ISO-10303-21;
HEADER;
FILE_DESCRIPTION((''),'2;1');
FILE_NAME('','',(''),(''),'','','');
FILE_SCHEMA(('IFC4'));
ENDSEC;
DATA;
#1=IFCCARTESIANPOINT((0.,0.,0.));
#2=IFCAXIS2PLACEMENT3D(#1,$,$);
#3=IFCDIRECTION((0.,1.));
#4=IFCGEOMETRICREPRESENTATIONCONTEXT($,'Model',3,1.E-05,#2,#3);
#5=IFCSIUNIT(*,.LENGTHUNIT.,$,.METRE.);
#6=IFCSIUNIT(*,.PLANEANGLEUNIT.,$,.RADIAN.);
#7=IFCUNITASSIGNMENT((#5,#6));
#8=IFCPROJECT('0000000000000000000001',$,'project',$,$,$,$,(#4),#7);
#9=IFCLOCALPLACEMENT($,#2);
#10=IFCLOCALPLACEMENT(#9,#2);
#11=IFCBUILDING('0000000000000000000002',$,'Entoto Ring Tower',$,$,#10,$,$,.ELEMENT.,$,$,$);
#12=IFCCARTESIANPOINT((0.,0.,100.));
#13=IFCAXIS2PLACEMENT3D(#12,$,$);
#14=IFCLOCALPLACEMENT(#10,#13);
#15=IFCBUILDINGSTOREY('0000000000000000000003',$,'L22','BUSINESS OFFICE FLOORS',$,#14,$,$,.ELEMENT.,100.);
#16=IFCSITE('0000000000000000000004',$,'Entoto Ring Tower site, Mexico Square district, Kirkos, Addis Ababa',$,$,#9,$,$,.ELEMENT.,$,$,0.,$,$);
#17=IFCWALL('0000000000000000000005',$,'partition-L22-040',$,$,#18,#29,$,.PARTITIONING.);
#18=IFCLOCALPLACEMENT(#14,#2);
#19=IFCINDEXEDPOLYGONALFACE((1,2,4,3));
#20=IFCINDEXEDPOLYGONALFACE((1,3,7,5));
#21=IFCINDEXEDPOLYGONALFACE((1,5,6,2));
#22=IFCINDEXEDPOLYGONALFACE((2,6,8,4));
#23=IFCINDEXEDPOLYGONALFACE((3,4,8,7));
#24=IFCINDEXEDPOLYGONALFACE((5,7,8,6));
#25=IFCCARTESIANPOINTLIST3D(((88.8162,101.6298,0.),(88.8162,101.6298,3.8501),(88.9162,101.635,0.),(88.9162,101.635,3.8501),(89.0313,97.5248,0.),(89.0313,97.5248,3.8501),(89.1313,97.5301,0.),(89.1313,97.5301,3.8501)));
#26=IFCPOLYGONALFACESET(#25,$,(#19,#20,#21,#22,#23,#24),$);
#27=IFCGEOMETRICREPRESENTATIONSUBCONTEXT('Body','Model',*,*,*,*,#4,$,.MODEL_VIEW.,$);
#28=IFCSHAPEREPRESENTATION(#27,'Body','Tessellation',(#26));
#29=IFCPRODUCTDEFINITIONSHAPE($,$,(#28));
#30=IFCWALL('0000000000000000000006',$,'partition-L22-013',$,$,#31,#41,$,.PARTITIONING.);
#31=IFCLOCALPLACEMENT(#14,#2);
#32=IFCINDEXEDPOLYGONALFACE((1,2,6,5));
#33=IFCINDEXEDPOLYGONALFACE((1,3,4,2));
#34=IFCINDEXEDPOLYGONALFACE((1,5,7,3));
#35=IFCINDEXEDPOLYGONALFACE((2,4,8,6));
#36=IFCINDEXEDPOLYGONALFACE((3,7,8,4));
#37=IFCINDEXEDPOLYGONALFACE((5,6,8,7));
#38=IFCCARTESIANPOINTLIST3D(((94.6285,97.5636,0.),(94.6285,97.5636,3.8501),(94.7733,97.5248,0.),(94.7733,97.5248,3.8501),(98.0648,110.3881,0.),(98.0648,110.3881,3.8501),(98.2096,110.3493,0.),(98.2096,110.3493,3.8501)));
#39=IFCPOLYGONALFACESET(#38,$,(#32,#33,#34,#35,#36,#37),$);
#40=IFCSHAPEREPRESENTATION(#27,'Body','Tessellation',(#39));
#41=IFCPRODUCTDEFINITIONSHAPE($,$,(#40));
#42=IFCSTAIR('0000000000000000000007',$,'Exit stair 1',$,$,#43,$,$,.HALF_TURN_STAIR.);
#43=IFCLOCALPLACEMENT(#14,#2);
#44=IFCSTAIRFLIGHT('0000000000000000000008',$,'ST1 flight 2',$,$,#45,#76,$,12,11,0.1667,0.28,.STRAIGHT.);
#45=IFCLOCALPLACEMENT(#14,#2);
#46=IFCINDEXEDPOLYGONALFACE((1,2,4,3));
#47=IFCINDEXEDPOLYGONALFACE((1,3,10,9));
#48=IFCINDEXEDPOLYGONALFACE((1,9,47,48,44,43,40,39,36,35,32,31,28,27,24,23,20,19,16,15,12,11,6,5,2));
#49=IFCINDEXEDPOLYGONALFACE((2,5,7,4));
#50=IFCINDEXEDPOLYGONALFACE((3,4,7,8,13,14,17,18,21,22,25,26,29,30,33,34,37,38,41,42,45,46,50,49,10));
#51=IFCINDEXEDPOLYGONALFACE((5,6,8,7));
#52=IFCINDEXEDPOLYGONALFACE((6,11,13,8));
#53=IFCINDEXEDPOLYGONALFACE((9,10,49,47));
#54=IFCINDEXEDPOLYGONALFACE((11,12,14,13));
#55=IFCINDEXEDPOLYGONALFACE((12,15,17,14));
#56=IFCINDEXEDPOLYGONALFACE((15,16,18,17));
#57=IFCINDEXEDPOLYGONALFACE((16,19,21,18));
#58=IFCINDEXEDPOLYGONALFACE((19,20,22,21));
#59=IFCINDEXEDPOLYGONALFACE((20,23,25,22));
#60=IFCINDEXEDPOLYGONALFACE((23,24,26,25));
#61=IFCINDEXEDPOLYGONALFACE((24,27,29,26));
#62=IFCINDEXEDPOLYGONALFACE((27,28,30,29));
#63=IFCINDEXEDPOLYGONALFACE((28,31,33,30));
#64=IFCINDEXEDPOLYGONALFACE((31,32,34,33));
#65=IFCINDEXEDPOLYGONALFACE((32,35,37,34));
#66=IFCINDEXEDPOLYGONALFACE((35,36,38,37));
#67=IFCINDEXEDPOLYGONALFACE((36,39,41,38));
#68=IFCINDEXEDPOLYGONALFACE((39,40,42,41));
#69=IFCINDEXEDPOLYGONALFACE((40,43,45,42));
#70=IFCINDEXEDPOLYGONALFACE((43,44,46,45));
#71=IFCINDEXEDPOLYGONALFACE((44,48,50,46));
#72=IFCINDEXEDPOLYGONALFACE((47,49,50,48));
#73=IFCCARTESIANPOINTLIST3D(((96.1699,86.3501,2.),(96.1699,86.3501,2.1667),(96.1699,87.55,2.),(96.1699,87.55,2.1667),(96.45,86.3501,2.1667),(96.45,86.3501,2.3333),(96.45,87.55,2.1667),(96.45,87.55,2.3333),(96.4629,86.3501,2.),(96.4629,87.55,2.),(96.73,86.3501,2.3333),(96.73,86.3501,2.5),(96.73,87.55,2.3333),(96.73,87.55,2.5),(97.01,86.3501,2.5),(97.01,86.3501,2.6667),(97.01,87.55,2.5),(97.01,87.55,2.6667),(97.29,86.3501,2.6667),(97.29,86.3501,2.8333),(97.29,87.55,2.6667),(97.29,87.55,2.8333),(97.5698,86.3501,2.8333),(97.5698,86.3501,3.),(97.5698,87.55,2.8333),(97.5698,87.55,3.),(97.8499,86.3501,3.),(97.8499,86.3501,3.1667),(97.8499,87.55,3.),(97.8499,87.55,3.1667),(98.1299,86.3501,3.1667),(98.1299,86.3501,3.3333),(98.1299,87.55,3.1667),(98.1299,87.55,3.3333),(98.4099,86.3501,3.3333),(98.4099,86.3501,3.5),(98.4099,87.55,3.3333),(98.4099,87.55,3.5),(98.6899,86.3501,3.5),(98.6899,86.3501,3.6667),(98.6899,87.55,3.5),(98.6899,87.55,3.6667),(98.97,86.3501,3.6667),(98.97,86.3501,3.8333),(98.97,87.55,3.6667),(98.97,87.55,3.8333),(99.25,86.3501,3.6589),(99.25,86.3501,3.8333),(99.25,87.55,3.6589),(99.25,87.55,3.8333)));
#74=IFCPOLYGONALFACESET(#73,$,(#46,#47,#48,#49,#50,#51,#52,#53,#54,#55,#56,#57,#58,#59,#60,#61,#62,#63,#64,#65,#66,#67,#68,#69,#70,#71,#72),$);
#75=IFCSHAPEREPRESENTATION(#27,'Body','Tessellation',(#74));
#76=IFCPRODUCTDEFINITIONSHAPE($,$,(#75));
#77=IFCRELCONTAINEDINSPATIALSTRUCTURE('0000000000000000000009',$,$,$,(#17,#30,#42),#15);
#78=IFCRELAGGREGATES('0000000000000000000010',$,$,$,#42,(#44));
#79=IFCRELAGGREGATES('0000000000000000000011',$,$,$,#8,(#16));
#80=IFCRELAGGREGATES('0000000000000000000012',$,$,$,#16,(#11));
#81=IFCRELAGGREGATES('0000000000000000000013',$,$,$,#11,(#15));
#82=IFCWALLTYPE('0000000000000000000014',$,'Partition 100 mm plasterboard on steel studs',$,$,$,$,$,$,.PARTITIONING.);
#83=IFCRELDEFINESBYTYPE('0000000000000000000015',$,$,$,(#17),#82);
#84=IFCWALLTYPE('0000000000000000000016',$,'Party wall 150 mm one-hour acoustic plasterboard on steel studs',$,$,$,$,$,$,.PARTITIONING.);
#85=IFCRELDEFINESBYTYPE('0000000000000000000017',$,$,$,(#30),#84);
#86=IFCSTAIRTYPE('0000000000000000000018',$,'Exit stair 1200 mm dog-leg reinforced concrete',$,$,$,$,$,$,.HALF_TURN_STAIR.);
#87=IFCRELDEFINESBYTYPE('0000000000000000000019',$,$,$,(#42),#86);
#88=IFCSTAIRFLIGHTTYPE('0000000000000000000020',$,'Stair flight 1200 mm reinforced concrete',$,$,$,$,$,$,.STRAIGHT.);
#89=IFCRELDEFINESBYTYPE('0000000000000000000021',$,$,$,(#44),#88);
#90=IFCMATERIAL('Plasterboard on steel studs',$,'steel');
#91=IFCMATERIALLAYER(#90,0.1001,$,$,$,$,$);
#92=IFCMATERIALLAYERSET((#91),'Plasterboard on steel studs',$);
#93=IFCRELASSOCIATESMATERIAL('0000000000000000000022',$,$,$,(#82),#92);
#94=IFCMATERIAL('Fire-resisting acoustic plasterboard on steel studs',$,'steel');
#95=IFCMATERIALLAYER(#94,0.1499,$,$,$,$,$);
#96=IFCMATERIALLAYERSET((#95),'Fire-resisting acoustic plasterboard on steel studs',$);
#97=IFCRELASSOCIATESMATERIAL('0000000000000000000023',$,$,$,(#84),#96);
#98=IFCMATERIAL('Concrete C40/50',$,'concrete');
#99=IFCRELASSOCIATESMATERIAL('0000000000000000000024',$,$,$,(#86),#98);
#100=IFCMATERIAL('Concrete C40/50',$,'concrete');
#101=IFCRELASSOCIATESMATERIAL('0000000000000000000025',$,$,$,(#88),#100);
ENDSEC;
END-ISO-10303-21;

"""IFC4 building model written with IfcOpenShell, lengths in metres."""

from ifc_helpers import new_model, si_unit, direction, frame, frame_2d, origin, place, context, subcontext, project, spatial, polyline, rectangle, outline, extrude, material, layer, layer_set, type_object, element, aggregate, save


model = new_model("IFC4")

# Units and contexts
model_context = context("Model", 3, precision=1e-05, world=origin(), true_north=direction((0.0, 1.0)))
body_context = subcontext(model_context, "Body", "Model", "MODEL_VIEW")
ifc_project = project(units=[si_unit("LENGTHUNIT", "METRE"), si_unit("PLANEANGLEUNIT", "RADIAN")], contexts=[model_context])

# Site, building, storey
site_placement = place(None, origin())
site = spatial("IfcSite", under=ifc_project, at=site_placement, Name="Entoto Ring Tower site, Mexico Square district, Kirkos, Addis Ababa", CompositionType="ELEMENT", RefElevation=0.0)
building_placement = place(site_placement, origin())
building = spatial("IfcBuilding", under=site, at=building_placement, Name="Entoto Ring Tower", CompositionType="ELEMENT")
storey_placement = place(building_placement, frame((0.0, 0.0, 100.0)))
storey = spatial("IfcBuildingStorey", under=building, at=storey_placement, Name="L22", Description="BUSINESS OFFICE FLOORS", CompositionType="ELEMENT", Elevation=100.0)

# Walls
ifc_material_1 = material(Name="Plasterboard on steel studs", Category="steel")
ifc_layer_1 = layer(ifc_material_1, 0.1001)
ifc_layer_set_1 = layer_set([ifc_layer_1], Name="Plasterboard on steel studs")
wall_type_1 = type_object("IfcWallType", Name="Partition 100 mm plasterboard on steel studs", PredefinedType="PARTITIONING", material=ifc_layer_set_1)
wall_1_placement = place(storey_placement, frame((89.0813, 97.5276, 0.0), z_axis=(0.0, 0.0, 1.0), x_axis=(-0.052325, 0.99863, 0.0)))
element("IfcWall", 1, at=wall_1_placement, inside=storey, type_object=wall_type_1, Name="partition-L22-040", PredefinedType="PARTITIONING", context=body_context, shape_type="SweptSolid", body=[
    extrude(rectangle(XDim=4.1106, YDim=0.1001, at=frame_2d((2.0552, 0.0))), origin(), (0.0, 0.0, 1.0), 3.8501),
])
ifc_material_2 = material(Name="Fire-resisting acoustic plasterboard on steel studs", Category="steel")
ifc_layer_2 = layer(ifc_material_2, 0.1499)
ifc_layer_set_2 = layer_set([ifc_layer_2], Name="Fire-resisting acoustic plasterboard on steel studs")
wall_type_2 = type_object("IfcWallType", Name="Party wall 150 mm one-hour acoustic plasterboard on steel studs", PredefinedType="PARTITIONING", material=ifc_layer_set_2)
wall_2_placement = place(storey_placement, frame((94.7009, 97.5442, 0.0), z_axis=(0.0, 0.0, 1.0), x_axis=(0.258817, 0.965926, 0.0)))
element("IfcWall", 2, at=wall_2_placement, inside=storey, type_object=wall_type_2, Name="partition-L22-013", PredefinedType="PARTITIONING", context=body_context, shape_type="SweptSolid", body=[
    extrude(rectangle(XDim=13.2769, YDim=0.1499, at=frame_2d((6.6384, 0.0))), origin(), (0.0, 0.0, 1.0), 3.8501),
])

# Stair, stair flight
ifc_material_3 = material(Name="Concrete C40/50", Category="concrete")
stair_type = type_object("IfcStairType", Name="Exit stair 1200 mm dog-leg reinforced concrete", PredefinedType="HALF_TURN_STAIR", material=ifc_material_3)
stair_placement = place(storey_placement, origin())
stair = element("IfcStair", 3, at=stair_placement, inside=storey, type_object=stair_type, Name="Exit stair 1", PredefinedType="HALF_TURN_STAIR")
ifc_material_4 = material(Name="Concrete C40/50", Category="concrete")
stair_flight_type = type_object("IfcStairFlightType", Name="Stair flight 1200 mm reinforced concrete", PredefinedType="STRAIGHT", material=ifc_material_4)
stair_flight_placement = place(storey_placement, frame((96.1699, 86.95, 2.0), z_axis=(0.0, 0.0, 1.0), x_axis=(1.0, 0.0, 0.0)))
stair_flight = element("IfcStairFlight", 4, at=stair_flight_placement, type_object=stair_flight_type, Name="ST1 flight 2", NumberOfRisers=12, NumberOfTreads=11, PredefinedType="STRAIGHT", RiserHeight=0.1667, TreadLength=0.28, context=body_context, shape_type="SweptSolid", body=[
    extrude(outline(polyline([(0.0, 0.0), (0.0, 0.1667), (0.28, 0.1667), (0.28, 0.3333), (0.5601, 0.3333), (0.5601, 0.5), (0.8401, 0.5), (0.8401, 0.6667), (1.1201, 0.6667), (1.1201, 0.8333), (1.3999, 0.8333), (1.3999, 1.0), (1.6799, 1.0), (1.6799, 1.1667), (1.96, 1.1667), (1.96, 1.3333), (2.24, 1.3333), (2.24, 1.5), (2.52, 1.5), (2.52, 1.6667), (2.8, 1.6667), (2.8, 1.8333), (3.0801, 1.8333), (3.0801, 2.0), (3.0801, 1.6589), (0.293, 0.0), (0.0, 0.0)])), frame((0.0, 0.6001, 0.0), z_axis=(0.0, -1.0, 0.0), x_axis=(1.0, 0.0, 0.0)), (0.0, 0.0, 1.0), 1.2),
])
aggregate(stair, [stair_flight])

save(model, "model.ifc")
